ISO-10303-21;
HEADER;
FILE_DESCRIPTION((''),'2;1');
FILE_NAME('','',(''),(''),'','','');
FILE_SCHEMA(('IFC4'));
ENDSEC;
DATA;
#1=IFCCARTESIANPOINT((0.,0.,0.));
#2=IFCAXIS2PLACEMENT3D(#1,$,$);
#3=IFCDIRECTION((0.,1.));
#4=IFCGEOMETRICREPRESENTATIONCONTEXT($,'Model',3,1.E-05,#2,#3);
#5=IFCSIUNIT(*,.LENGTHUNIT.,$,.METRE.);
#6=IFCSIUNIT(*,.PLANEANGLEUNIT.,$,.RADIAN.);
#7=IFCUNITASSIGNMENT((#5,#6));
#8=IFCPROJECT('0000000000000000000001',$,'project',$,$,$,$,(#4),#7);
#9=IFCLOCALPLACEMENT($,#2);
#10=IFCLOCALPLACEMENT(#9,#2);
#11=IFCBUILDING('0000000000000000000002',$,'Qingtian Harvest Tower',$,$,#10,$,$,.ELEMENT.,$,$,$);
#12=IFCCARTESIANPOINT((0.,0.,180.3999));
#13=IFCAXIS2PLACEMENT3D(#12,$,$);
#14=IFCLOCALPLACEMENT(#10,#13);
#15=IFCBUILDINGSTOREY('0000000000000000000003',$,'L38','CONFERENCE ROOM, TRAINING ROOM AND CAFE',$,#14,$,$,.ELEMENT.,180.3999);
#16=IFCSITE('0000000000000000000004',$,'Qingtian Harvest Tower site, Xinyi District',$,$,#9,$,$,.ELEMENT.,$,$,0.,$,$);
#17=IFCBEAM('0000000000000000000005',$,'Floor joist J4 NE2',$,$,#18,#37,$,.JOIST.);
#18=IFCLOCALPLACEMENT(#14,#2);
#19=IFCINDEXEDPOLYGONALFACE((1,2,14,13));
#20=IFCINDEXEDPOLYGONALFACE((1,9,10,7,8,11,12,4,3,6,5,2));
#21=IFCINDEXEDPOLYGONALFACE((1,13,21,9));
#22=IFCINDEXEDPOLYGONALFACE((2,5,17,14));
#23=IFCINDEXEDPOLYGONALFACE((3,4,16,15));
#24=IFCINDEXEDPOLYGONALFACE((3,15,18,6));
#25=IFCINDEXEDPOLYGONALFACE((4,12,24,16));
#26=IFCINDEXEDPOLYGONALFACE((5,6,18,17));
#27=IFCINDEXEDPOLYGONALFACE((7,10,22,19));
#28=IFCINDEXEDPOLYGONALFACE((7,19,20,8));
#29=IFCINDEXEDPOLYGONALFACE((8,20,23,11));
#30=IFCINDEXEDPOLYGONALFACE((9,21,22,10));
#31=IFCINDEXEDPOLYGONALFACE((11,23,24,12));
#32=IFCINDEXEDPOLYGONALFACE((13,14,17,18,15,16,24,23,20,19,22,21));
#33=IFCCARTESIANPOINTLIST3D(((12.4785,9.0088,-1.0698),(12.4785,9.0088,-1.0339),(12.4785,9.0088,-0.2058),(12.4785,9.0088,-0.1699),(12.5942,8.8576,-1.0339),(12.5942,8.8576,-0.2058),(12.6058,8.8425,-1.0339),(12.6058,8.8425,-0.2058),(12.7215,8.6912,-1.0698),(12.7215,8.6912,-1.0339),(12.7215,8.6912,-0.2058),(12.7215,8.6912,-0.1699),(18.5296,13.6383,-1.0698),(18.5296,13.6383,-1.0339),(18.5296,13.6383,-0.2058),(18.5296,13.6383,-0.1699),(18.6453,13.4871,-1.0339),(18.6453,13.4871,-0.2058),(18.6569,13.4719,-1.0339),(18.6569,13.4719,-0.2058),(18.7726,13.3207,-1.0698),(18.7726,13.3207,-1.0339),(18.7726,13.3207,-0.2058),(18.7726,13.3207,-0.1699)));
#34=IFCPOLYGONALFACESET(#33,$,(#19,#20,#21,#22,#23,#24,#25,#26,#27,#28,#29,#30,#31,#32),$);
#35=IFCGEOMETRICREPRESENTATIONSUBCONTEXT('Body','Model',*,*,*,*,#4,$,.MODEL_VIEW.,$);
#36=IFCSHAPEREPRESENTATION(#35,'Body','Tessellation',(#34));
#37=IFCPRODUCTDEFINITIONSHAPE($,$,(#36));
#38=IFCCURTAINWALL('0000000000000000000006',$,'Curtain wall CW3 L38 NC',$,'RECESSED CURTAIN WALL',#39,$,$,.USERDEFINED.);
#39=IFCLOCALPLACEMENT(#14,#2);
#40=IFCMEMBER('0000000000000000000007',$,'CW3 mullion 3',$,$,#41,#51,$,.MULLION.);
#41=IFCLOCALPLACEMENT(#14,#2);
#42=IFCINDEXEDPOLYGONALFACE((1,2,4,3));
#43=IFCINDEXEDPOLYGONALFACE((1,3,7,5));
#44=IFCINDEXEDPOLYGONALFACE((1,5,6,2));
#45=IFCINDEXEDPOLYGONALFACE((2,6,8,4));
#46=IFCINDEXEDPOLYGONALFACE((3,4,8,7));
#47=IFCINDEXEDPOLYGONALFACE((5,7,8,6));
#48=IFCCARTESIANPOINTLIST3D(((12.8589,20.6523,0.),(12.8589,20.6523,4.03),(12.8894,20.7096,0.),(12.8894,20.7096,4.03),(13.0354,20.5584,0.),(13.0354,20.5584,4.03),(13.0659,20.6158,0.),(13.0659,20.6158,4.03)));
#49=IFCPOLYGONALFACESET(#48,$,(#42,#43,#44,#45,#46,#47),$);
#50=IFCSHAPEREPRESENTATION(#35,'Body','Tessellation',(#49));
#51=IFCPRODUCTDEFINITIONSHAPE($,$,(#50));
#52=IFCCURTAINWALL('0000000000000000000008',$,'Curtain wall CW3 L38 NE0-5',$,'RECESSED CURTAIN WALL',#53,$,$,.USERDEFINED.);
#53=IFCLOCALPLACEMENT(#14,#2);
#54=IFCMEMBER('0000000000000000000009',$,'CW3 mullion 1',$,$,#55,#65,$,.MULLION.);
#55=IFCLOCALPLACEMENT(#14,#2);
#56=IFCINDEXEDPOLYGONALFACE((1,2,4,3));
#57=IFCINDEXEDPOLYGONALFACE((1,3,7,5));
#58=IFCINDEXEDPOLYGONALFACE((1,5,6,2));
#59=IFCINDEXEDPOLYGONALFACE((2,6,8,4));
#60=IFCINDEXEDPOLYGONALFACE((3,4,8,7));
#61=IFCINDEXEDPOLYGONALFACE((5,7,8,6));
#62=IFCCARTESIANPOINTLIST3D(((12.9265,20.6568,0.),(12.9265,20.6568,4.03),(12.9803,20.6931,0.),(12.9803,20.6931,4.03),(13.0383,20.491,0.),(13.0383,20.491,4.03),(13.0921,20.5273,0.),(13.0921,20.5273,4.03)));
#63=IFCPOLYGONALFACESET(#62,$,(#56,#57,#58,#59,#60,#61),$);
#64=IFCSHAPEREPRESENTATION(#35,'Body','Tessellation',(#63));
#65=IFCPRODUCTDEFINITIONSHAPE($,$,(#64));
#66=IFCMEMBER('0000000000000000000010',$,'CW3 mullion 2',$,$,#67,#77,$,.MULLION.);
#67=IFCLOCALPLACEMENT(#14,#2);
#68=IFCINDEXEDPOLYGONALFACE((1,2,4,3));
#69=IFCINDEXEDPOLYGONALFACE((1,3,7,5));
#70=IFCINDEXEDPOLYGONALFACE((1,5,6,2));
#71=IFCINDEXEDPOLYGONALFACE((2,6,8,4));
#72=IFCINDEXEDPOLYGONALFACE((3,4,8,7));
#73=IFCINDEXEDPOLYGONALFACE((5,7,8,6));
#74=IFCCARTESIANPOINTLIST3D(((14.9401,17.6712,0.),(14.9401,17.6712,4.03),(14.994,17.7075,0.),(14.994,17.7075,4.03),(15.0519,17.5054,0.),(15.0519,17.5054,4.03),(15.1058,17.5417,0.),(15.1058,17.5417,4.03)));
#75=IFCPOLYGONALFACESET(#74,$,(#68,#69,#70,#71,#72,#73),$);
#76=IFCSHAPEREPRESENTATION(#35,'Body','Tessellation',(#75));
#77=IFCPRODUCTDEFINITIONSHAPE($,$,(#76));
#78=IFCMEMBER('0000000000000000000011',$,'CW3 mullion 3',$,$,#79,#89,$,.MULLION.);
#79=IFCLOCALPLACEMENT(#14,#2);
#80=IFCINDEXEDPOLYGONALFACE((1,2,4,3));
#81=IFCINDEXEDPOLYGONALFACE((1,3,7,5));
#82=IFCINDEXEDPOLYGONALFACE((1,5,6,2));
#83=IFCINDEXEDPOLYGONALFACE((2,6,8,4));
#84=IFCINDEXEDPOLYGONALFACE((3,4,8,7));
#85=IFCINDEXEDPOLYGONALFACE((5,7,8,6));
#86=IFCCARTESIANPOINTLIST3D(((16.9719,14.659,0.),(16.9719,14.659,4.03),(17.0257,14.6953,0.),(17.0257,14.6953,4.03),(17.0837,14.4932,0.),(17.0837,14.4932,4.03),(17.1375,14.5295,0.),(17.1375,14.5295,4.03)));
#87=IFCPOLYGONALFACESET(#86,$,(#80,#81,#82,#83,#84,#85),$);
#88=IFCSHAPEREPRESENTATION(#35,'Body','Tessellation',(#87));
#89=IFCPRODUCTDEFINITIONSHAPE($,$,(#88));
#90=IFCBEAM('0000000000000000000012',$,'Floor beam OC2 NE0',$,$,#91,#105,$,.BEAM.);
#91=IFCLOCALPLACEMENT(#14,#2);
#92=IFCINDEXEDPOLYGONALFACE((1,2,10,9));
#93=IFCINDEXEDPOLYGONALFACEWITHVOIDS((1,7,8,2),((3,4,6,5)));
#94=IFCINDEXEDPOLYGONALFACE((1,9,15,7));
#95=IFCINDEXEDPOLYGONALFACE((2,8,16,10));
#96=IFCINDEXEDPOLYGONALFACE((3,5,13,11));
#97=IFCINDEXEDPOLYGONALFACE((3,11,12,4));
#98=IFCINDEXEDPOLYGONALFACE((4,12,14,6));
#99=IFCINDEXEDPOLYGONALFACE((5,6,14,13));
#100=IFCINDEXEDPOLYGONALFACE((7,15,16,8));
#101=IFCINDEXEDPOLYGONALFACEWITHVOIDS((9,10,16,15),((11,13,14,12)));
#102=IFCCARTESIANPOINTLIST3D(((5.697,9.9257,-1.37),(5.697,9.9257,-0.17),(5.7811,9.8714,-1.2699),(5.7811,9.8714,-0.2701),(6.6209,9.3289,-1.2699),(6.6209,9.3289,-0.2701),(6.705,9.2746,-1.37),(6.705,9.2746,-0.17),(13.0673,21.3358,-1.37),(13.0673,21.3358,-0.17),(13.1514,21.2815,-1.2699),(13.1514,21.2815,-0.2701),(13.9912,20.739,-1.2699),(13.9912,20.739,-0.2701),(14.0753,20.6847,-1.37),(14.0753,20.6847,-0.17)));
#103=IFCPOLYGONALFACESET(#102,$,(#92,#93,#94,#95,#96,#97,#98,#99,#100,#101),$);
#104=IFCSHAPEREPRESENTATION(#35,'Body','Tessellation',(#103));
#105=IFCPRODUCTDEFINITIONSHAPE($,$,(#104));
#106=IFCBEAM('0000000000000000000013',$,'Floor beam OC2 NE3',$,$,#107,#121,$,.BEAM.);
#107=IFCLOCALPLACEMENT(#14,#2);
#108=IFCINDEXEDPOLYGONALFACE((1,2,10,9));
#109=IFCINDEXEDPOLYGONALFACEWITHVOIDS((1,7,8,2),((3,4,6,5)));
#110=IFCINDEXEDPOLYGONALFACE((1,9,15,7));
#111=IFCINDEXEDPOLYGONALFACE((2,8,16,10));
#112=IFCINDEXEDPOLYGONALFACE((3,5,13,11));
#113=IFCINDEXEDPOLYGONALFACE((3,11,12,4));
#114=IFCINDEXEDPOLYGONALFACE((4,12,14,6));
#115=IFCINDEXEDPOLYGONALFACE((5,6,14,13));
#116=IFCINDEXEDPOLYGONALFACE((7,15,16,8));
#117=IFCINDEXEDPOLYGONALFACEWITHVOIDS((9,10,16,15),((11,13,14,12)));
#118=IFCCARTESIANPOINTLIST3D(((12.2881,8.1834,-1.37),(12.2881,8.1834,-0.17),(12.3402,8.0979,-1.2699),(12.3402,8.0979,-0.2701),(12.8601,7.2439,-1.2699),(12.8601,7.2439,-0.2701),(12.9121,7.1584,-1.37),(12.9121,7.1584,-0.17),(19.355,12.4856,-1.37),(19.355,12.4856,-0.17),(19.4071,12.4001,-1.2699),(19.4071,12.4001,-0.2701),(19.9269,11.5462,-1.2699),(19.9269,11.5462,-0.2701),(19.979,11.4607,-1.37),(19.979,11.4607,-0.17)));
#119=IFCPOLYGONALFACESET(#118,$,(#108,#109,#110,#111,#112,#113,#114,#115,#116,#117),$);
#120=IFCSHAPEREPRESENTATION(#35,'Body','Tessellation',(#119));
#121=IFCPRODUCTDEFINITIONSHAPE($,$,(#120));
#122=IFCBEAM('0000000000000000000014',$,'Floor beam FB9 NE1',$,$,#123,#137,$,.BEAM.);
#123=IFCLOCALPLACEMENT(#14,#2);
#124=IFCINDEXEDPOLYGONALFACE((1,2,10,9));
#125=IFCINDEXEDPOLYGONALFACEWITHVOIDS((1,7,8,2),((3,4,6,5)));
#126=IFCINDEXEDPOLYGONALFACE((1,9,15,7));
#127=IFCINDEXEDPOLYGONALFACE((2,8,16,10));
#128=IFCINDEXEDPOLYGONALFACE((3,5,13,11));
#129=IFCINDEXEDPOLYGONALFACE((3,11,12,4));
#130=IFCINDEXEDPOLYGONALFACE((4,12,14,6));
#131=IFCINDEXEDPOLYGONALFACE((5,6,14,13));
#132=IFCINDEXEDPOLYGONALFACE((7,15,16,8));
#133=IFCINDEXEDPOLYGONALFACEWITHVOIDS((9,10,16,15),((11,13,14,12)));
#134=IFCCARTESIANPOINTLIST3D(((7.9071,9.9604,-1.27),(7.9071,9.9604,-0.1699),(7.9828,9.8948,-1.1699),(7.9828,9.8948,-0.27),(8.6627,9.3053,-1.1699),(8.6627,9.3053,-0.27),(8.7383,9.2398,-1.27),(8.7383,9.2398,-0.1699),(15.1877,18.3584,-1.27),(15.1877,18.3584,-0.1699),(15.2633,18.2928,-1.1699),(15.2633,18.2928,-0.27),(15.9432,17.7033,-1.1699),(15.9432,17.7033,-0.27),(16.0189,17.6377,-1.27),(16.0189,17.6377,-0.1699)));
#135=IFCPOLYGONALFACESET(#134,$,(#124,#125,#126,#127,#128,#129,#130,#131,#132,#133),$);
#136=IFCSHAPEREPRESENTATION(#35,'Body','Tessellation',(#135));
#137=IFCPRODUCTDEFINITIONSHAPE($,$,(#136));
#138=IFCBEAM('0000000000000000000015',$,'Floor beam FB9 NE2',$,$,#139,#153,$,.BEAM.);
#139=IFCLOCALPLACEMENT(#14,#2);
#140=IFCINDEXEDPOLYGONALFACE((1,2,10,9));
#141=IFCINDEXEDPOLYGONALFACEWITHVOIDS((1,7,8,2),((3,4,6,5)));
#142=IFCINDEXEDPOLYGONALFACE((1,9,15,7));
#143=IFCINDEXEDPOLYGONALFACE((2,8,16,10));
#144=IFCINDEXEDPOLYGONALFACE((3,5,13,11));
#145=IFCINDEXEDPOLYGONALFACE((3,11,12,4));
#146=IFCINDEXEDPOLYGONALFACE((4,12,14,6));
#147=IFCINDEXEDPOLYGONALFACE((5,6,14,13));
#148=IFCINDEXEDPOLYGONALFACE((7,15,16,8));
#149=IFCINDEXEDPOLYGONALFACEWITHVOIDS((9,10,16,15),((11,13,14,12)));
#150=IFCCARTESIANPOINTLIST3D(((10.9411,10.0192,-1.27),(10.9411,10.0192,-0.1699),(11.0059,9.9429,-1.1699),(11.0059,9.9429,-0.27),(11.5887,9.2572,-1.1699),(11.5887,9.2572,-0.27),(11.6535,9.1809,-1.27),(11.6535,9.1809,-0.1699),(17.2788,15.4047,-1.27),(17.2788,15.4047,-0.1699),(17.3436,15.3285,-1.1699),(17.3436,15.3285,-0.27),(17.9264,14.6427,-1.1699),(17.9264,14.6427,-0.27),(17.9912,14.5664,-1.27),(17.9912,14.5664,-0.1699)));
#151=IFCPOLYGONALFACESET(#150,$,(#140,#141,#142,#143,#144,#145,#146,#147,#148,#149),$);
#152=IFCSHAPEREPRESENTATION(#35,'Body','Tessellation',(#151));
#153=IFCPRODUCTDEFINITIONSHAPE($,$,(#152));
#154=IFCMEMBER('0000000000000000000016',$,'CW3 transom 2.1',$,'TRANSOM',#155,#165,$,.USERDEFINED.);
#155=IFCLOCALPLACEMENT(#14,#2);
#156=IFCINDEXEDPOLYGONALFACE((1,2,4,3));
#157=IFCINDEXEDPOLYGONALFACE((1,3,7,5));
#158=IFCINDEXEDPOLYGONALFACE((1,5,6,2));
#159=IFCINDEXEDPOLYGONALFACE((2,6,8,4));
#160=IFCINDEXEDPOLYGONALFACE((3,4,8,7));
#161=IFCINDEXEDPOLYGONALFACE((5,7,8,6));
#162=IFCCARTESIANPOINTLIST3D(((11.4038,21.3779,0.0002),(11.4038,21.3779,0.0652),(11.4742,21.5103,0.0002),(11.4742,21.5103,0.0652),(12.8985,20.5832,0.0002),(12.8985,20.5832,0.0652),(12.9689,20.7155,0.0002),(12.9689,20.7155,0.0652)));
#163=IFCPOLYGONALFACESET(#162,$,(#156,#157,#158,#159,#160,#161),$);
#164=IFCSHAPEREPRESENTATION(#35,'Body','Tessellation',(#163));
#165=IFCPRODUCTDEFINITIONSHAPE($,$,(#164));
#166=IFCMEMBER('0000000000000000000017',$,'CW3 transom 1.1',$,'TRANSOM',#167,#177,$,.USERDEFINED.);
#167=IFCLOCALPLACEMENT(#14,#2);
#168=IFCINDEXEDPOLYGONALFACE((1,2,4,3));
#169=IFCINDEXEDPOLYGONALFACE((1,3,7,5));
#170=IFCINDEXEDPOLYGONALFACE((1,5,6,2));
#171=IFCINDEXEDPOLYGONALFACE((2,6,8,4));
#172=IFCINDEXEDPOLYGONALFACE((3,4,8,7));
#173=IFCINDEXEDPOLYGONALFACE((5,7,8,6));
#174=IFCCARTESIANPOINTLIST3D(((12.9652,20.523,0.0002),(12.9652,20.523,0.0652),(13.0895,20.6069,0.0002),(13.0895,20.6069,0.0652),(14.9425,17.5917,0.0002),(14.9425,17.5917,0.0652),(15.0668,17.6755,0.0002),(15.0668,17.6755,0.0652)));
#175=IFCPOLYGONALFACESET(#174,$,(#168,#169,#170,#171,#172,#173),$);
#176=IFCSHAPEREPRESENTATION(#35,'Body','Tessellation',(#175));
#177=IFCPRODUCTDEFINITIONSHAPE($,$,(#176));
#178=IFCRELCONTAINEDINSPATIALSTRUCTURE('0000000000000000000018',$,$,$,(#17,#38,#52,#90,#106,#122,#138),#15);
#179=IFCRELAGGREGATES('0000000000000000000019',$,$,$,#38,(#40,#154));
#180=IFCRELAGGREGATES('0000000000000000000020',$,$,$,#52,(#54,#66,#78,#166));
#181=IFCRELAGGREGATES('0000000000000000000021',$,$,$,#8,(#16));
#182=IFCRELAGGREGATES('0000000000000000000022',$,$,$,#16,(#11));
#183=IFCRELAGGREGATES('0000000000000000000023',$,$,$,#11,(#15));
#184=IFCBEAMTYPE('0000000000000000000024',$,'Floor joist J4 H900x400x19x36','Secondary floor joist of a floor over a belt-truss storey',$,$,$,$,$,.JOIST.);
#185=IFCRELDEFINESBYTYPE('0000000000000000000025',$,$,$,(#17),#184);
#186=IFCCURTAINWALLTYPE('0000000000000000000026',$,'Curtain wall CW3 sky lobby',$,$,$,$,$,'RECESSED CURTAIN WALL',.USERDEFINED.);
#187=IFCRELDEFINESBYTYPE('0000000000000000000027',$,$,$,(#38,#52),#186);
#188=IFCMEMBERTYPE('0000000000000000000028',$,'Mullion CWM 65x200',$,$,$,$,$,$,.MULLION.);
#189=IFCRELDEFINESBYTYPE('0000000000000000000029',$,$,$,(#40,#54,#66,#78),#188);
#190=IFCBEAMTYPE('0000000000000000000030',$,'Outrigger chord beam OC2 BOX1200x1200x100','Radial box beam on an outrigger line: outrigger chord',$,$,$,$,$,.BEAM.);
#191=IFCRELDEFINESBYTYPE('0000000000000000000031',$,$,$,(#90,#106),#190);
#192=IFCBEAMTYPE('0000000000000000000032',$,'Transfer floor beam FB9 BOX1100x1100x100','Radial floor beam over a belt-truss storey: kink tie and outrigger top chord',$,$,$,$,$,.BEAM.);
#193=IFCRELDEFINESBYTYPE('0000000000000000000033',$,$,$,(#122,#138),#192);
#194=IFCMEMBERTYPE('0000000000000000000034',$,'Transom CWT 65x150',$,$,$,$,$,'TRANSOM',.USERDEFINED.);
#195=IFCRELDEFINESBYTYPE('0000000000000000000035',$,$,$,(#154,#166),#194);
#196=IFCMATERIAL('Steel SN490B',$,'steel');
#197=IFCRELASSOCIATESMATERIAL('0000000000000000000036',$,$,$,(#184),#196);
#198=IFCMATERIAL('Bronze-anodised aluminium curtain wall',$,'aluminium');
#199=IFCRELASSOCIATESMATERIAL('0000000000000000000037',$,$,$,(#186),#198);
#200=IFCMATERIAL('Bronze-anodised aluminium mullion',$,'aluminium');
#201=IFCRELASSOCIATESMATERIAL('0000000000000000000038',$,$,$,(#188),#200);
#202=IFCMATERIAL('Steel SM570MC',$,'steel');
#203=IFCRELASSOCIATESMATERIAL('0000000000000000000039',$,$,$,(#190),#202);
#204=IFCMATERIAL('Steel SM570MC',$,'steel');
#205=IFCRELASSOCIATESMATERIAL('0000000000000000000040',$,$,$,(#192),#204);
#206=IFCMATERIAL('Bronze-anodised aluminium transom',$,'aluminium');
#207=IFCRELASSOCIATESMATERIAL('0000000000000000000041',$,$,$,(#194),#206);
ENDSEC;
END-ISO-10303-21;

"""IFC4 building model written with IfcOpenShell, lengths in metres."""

from ifc_helpers import new_model, si_unit, direction, frame, origin, origin_2d, place, context, subcontext, project, spatial, rectangle, hollow_rectangle, i_section, extrude, material, material_profile, profile_set, type_object, element, aggregate, save


model = new_model("IFC4")

# Units and contexts
model_context = context("Model", 3, precision=1e-05, world=origin(), true_north=direction((0.0, 1.0)))
body_context = subcontext(model_context, "Body", "Model", "MODEL_VIEW")
ifc_project = project(units=[si_unit("LENGTHUNIT", "METRE"), si_unit("PLANEANGLEUNIT", "RADIAN")], contexts=[model_context])

# Site, building, storey
site_placement = place(None, origin())
site = spatial("IfcSite", under=ifc_project, at=site_placement, Name="Qingtian Harvest Tower site, Xinyi District", CompositionType="ELEMENT", RefElevation=0.0)
building_placement = place(site_placement, origin())
building = spatial("IfcBuilding", under=site, at=building_placement, Name="Qingtian Harvest Tower", CompositionType="ELEMENT")
storey_placement = place(building_placement, frame((0.0, 0.0, 180.3999)))
storey = spatial("IfcBuildingStorey", under=building, at=storey_placement, Name="L38", Description="CONFERENCE ROOM, TRAINING ROOM AND CAFE", CompositionType="ELEMENT", Elevation=180.3999)

# Beam
ifc_material_1 = material(Name="Steel SN490B", Category="steel")
ifc_material_profile_1 = material_profile(ifc_material_1, i_section(OverallWidth=0.3999, OverallDepth=0.8999, WebThickness=0.019, FlangeThickness=0.0359, at=origin_2d()), Name="H900x400x19x36")
ifc_profile_set_1 = profile_set([ifc_material_profile_1], Name="Steel SN490B")
beam_type_1 = type_object("IfcBeamType", Name="Floor joist J4 H900x400x19x36", Description="Secondary floor joist of a floor over a belt-truss storey", PredefinedType="JOIST", material=ifc_profile_set_1)
beam_1_placement = place(storey_placement, frame((18.6511, 13.4795, -0.6199), z_axis=(-0.794222, -0.607627, 0.0), x_axis=(0.607627, -0.794222, 0.0)))
element("IfcBeam", 1, at=beam_1_placement, inside=storey, type_object=beam_type_1, Name="Floor joist J4 NE2", PredefinedType="JOIST", context=body_context, shape_type="SweptSolid", body=[
    extrude(i_section(OverallWidth=0.3999, OverallDepth=0.8999, WebThickness=0.019, FlangeThickness=0.0359, at=origin_2d()), origin(), (0.0, 0.0, 1.0), 7.6189),
])

# Curtain wall, member
ifc_material_2 = material(Name="Bronze-anodised aluminium curtain wall", Category="aluminium")
curtain_wall_type = type_object("IfcCurtainWallType", Name="Curtain wall CW3 sky lobby", ElementType="RECESSED CURTAIN WALL", PredefinedType="USERDEFINED", material=ifc_material_2)
curtain_wall_1_placement = place(storey_placement, origin())
curtain_wall_1 = element("IfcCurtainWall", 2, at=curtain_wall_1_placement, inside=storey, type_object=curtain_wall_type, Name="Curtain wall CW3 L38 NC", ObjectType="RECESSED CURTAIN WALL", PredefinedType="USERDEFINED")
ifc_material_3 = material(Name="Bronze-anodised aluminium mullion", Category="aluminium")
ifc_material_profile_2 = material_profile(ifc_material_3, rectangle(XDim=0.0649, YDim=0.2, at=origin_2d()), Name="AL 65x200")
ifc_profile_set_2 = profile_set([ifc_material_profile_2], Name="Bronze-anodised aluminium mullion")
member_type_1 = type_object("IfcMemberType", Name="Mullion CWM 65x200", PredefinedType="MULLION", material=ifc_profile_set_2)
member_1_placement = place(storey_placement, frame((12.9624, 20.634, 0.0), z_axis=(0.0, 0.0, 1.0), x_axis=(0.469472, 0.882948, 0.0)))
member_1 = element("IfcMember", 3, at=member_1_placement, type_object=member_type_1, Name="CW3 mullion 3", PredefinedType="MULLION", context=body_context, shape_type="SweptSolid", body=[
    extrude(rectangle(XDim=0.0649, YDim=0.2, at=origin_2d()), origin(), (0.0, 0.0, 1.0), 4.03),
])

# Curtain wall, members
curtain_wall_2_placement = place(storey_placement, origin())
curtain_wall_2 = element("IfcCurtainWall", 4, at=curtain_wall_2_placement, inside=storey, type_object=curtain_wall_type, Name="Curtain wall CW3 L38 NE0-5", ObjectType="RECESSED CURTAIN WALL", PredefinedType="USERDEFINED")
member_2_placement = place(storey_placement, frame((13.0093, 20.592, 0.0), z_axis=(0.0, 0.0, 1.0), x_axis=(0.829038, 0.559193, 0.0)))
member_2 = element("IfcMember", 5, at=member_2_placement, type_object=member_type_1, Name="CW3 mullion 1", PredefinedType="MULLION", context=body_context, shape_type="SweptSolid", body=[
    extrude(rectangle(XDim=0.0649, YDim=0.2, at=origin_2d()), origin(), (0.0, 0.0, 1.0), 4.03),
])
member_3_placement = place(storey_placement, frame((15.0229, 17.6064, 0.0), z_axis=(0.0, 0.0, 1.0), x_axis=(0.829038, 0.559193, 0.0)))
member_3 = element("IfcMember", 6, at=member_3_placement, type_object=member_type_1, Name="CW3 mullion 2", PredefinedType="MULLION", context=body_context, shape_type="SweptSolid", body=[
    extrude(rectangle(XDim=0.0649, YDim=0.2, at=origin_2d()), origin(), (0.0, 0.0, 1.0), 4.03),
])
member_4_placement = place(storey_placement, frame((17.0547, 14.5942, 0.0), z_axis=(0.0, 0.0, 1.0), x_axis=(0.829038, 0.559193, 0.0)))
member_4 = element("IfcMember", 7, at=member_4_placement, type_object=member_type_1, Name="CW3 mullion 3", PredefinedType="MULLION", context=body_context, shape_type="SweptSolid", body=[
    extrude(rectangle(XDim=0.0649, YDim=0.2, at=origin_2d()), origin(), (0.0, 0.0, 1.0), 4.03),
])

# Beams
ifc_material_4 = material(Name="Steel SM570MC", Category="steel")
ifc_material_profile_3 = material_profile(ifc_material_4, hollow_rectangle(XDim=1.2, YDim=1.2, WallThickness=0.1001, at=origin_2d()), Name="BOX1200x1200x100")
ifc_profile_set_3 = profile_set([ifc_material_profile_3], Name="Steel SM570MC")
beam_type_2 = type_object("IfcBeamType", Name="Outrigger chord beam OC2 BOX1200x1200x100", Description="Radial box beam on an outrigger line: outrigger chord", PredefinedType="BEAM", material=ifc_profile_set_3)
beam_2_placement = place(storey_placement, frame((13.5713, 21.0103, -0.77), z_axis=(-0.542593, -0.839996, 0.0), x_axis=(0.839996, -0.542593, 0.0)))
element("IfcBeam", 8, at=beam_2_placement, inside=storey, type_object=beam_type_2, Name="Floor beam OC2 NE0", PredefinedType="BEAM", context=body_context, shape_type="SweptSolid", body=[
    extrude(hollow_rectangle(XDim=1.2, YDim=1.2, WallThickness=0.1001, at=origin_2d()), origin(), (0.0, 0.0, 1.0), 13.5835),
])
beam_3_placement = place(storey_placement, frame((19.667, 11.9731, -0.77), z_axis=(-0.854163, -0.520005, 0.0), x_axis=(0.520005, -0.854163, 0.0)))
element("IfcBeam", 9, at=beam_3_placement, inside=storey, type_object=beam_type_2, Name="Floor beam OC2 NE3", PredefinedType="BEAM", context=body_context, shape_type="SweptSolid", body=[
    extrude(hollow_rectangle(XDim=1.2, YDim=1.2, WallThickness=0.1001, at=origin_2d()), origin(), (0.0, 0.0, 1.0), 8.2734),
])
ifc_material_5 = material(Name="Steel SM570MC", Category="steel")
ifc_material_profile_4 = material_profile(ifc_material_5, hollow_rectangle(XDim=1.1001, YDim=1.1001, WallThickness=0.1001, at=origin_2d()), Name="BOX1100x1100x100")
ifc_profile_set_4 = profile_set([ifc_material_profile_4], Name="Steel SM570MC")
beam_type_3 = type_object("IfcBeamType", Name="Transfer floor beam FB9 BOX1100x1100x100", Description="Radial floor beam over a belt-truss storey: kink tie and outrigger top chord", PredefinedType="BEAM", material=ifc_profile_set_4)
beam_4_placement = place(storey_placement, frame((15.6033, 17.998, -0.72), z_axis=(-0.655048, -0.755587, 0.0), x_axis=(0.755587, -0.655048, 0.0)))
element("IfcBeam", 10, at=beam_4_placement, inside=storey, type_object=beam_type_3, Name="Floor beam FB9 NE1", PredefinedType="BEAM", context=body_context, shape_type="SweptSolid", body=[
    extrude(hollow_rectangle(XDim=1.1001, YDim=1.1001, WallThickness=0.1001, at=origin_2d()), origin(), (0.0, 0.0, 1.0), 11.1145),
])
beam_5_placement = place(storey_placement, frame((17.635, 14.9856, -0.72), z_axis=(-0.762028, -0.647544, 0.0), x_axis=(0.647544, -0.762028, 0.0)))
element("IfcBeam", 11, at=beam_5_placement, inside=storey, type_object=beam_type_3, Name="Floor beam FB9 NE2", PredefinedType="BEAM", context=body_context, shape_type="SweptSolid", body=[
    extrude(hollow_rectangle(XDim=1.1001, YDim=1.1001, WallThickness=0.1001, at=origin_2d()), origin(), (0.0, 0.0, 1.0), 8.3169),
])

# Members
ifc_material_6 = material(Name="Bronze-anodised aluminium transom", Category="aluminium")
ifc_material_profile_5 = material_profile(ifc_material_6, rectangle(XDim=0.1499, YDim=0.0649, at=origin_2d()), Name="AL 65x150")
ifc_profile_set_5 = profile_set([ifc_material_profile_5], Name="Bronze-anodised aluminium transom")
member_type_2 = type_object("IfcMemberType", Name="Transom CWT 65x150", ElementType="TRANSOM", PredefinedType="USERDEFINED", material=ifc_profile_set_5)
member_5_placement = place(storey_placement, frame((11.439, 21.4441, 0.0327), z_axis=(0.882955, -0.469457, 0.0), x_axis=(0.469457, 0.882955, 0.0)))
member_5 = element("IfcMember", 12, at=member_5_placement, type_object=member_type_2, Name="CW3 transom 2.1", ObjectType="TRANSOM", PredefinedType="USERDEFINED", context=body_context, shape_type="SweptSolid", body=[
    extrude(rectangle(XDim=0.1499, YDim=0.0649, at=origin_2d()), origin(), (0.0, 0.0, 1.0), 1.6929),
])
member_6_placement = place(storey_placement, frame((13.0273, 20.5649, 0.0327), z_axis=(0.559201, -0.829032, 0.0), x_axis=(0.829032, 0.559201, 0.0)))
member_6 = element("IfcMember", 13, at=member_6_placement, type_object=member_type_2, Name="CW3 transom 1.1", ObjectType="TRANSOM", PredefinedType="USERDEFINED", context=body_context, shape_type="SweptSolid", body=[
    extrude(rectangle(XDim=0.1499, YDim=0.0649, at=origin_2d()), origin(), (0.0, 0.0, 1.0), 3.5359),
])

aggregate(curtain_wall_1, [member_1, member_5])
aggregate(curtain_wall_2, [member_2, member_3, member_4, member_6])

save(model, "model.ifc")
